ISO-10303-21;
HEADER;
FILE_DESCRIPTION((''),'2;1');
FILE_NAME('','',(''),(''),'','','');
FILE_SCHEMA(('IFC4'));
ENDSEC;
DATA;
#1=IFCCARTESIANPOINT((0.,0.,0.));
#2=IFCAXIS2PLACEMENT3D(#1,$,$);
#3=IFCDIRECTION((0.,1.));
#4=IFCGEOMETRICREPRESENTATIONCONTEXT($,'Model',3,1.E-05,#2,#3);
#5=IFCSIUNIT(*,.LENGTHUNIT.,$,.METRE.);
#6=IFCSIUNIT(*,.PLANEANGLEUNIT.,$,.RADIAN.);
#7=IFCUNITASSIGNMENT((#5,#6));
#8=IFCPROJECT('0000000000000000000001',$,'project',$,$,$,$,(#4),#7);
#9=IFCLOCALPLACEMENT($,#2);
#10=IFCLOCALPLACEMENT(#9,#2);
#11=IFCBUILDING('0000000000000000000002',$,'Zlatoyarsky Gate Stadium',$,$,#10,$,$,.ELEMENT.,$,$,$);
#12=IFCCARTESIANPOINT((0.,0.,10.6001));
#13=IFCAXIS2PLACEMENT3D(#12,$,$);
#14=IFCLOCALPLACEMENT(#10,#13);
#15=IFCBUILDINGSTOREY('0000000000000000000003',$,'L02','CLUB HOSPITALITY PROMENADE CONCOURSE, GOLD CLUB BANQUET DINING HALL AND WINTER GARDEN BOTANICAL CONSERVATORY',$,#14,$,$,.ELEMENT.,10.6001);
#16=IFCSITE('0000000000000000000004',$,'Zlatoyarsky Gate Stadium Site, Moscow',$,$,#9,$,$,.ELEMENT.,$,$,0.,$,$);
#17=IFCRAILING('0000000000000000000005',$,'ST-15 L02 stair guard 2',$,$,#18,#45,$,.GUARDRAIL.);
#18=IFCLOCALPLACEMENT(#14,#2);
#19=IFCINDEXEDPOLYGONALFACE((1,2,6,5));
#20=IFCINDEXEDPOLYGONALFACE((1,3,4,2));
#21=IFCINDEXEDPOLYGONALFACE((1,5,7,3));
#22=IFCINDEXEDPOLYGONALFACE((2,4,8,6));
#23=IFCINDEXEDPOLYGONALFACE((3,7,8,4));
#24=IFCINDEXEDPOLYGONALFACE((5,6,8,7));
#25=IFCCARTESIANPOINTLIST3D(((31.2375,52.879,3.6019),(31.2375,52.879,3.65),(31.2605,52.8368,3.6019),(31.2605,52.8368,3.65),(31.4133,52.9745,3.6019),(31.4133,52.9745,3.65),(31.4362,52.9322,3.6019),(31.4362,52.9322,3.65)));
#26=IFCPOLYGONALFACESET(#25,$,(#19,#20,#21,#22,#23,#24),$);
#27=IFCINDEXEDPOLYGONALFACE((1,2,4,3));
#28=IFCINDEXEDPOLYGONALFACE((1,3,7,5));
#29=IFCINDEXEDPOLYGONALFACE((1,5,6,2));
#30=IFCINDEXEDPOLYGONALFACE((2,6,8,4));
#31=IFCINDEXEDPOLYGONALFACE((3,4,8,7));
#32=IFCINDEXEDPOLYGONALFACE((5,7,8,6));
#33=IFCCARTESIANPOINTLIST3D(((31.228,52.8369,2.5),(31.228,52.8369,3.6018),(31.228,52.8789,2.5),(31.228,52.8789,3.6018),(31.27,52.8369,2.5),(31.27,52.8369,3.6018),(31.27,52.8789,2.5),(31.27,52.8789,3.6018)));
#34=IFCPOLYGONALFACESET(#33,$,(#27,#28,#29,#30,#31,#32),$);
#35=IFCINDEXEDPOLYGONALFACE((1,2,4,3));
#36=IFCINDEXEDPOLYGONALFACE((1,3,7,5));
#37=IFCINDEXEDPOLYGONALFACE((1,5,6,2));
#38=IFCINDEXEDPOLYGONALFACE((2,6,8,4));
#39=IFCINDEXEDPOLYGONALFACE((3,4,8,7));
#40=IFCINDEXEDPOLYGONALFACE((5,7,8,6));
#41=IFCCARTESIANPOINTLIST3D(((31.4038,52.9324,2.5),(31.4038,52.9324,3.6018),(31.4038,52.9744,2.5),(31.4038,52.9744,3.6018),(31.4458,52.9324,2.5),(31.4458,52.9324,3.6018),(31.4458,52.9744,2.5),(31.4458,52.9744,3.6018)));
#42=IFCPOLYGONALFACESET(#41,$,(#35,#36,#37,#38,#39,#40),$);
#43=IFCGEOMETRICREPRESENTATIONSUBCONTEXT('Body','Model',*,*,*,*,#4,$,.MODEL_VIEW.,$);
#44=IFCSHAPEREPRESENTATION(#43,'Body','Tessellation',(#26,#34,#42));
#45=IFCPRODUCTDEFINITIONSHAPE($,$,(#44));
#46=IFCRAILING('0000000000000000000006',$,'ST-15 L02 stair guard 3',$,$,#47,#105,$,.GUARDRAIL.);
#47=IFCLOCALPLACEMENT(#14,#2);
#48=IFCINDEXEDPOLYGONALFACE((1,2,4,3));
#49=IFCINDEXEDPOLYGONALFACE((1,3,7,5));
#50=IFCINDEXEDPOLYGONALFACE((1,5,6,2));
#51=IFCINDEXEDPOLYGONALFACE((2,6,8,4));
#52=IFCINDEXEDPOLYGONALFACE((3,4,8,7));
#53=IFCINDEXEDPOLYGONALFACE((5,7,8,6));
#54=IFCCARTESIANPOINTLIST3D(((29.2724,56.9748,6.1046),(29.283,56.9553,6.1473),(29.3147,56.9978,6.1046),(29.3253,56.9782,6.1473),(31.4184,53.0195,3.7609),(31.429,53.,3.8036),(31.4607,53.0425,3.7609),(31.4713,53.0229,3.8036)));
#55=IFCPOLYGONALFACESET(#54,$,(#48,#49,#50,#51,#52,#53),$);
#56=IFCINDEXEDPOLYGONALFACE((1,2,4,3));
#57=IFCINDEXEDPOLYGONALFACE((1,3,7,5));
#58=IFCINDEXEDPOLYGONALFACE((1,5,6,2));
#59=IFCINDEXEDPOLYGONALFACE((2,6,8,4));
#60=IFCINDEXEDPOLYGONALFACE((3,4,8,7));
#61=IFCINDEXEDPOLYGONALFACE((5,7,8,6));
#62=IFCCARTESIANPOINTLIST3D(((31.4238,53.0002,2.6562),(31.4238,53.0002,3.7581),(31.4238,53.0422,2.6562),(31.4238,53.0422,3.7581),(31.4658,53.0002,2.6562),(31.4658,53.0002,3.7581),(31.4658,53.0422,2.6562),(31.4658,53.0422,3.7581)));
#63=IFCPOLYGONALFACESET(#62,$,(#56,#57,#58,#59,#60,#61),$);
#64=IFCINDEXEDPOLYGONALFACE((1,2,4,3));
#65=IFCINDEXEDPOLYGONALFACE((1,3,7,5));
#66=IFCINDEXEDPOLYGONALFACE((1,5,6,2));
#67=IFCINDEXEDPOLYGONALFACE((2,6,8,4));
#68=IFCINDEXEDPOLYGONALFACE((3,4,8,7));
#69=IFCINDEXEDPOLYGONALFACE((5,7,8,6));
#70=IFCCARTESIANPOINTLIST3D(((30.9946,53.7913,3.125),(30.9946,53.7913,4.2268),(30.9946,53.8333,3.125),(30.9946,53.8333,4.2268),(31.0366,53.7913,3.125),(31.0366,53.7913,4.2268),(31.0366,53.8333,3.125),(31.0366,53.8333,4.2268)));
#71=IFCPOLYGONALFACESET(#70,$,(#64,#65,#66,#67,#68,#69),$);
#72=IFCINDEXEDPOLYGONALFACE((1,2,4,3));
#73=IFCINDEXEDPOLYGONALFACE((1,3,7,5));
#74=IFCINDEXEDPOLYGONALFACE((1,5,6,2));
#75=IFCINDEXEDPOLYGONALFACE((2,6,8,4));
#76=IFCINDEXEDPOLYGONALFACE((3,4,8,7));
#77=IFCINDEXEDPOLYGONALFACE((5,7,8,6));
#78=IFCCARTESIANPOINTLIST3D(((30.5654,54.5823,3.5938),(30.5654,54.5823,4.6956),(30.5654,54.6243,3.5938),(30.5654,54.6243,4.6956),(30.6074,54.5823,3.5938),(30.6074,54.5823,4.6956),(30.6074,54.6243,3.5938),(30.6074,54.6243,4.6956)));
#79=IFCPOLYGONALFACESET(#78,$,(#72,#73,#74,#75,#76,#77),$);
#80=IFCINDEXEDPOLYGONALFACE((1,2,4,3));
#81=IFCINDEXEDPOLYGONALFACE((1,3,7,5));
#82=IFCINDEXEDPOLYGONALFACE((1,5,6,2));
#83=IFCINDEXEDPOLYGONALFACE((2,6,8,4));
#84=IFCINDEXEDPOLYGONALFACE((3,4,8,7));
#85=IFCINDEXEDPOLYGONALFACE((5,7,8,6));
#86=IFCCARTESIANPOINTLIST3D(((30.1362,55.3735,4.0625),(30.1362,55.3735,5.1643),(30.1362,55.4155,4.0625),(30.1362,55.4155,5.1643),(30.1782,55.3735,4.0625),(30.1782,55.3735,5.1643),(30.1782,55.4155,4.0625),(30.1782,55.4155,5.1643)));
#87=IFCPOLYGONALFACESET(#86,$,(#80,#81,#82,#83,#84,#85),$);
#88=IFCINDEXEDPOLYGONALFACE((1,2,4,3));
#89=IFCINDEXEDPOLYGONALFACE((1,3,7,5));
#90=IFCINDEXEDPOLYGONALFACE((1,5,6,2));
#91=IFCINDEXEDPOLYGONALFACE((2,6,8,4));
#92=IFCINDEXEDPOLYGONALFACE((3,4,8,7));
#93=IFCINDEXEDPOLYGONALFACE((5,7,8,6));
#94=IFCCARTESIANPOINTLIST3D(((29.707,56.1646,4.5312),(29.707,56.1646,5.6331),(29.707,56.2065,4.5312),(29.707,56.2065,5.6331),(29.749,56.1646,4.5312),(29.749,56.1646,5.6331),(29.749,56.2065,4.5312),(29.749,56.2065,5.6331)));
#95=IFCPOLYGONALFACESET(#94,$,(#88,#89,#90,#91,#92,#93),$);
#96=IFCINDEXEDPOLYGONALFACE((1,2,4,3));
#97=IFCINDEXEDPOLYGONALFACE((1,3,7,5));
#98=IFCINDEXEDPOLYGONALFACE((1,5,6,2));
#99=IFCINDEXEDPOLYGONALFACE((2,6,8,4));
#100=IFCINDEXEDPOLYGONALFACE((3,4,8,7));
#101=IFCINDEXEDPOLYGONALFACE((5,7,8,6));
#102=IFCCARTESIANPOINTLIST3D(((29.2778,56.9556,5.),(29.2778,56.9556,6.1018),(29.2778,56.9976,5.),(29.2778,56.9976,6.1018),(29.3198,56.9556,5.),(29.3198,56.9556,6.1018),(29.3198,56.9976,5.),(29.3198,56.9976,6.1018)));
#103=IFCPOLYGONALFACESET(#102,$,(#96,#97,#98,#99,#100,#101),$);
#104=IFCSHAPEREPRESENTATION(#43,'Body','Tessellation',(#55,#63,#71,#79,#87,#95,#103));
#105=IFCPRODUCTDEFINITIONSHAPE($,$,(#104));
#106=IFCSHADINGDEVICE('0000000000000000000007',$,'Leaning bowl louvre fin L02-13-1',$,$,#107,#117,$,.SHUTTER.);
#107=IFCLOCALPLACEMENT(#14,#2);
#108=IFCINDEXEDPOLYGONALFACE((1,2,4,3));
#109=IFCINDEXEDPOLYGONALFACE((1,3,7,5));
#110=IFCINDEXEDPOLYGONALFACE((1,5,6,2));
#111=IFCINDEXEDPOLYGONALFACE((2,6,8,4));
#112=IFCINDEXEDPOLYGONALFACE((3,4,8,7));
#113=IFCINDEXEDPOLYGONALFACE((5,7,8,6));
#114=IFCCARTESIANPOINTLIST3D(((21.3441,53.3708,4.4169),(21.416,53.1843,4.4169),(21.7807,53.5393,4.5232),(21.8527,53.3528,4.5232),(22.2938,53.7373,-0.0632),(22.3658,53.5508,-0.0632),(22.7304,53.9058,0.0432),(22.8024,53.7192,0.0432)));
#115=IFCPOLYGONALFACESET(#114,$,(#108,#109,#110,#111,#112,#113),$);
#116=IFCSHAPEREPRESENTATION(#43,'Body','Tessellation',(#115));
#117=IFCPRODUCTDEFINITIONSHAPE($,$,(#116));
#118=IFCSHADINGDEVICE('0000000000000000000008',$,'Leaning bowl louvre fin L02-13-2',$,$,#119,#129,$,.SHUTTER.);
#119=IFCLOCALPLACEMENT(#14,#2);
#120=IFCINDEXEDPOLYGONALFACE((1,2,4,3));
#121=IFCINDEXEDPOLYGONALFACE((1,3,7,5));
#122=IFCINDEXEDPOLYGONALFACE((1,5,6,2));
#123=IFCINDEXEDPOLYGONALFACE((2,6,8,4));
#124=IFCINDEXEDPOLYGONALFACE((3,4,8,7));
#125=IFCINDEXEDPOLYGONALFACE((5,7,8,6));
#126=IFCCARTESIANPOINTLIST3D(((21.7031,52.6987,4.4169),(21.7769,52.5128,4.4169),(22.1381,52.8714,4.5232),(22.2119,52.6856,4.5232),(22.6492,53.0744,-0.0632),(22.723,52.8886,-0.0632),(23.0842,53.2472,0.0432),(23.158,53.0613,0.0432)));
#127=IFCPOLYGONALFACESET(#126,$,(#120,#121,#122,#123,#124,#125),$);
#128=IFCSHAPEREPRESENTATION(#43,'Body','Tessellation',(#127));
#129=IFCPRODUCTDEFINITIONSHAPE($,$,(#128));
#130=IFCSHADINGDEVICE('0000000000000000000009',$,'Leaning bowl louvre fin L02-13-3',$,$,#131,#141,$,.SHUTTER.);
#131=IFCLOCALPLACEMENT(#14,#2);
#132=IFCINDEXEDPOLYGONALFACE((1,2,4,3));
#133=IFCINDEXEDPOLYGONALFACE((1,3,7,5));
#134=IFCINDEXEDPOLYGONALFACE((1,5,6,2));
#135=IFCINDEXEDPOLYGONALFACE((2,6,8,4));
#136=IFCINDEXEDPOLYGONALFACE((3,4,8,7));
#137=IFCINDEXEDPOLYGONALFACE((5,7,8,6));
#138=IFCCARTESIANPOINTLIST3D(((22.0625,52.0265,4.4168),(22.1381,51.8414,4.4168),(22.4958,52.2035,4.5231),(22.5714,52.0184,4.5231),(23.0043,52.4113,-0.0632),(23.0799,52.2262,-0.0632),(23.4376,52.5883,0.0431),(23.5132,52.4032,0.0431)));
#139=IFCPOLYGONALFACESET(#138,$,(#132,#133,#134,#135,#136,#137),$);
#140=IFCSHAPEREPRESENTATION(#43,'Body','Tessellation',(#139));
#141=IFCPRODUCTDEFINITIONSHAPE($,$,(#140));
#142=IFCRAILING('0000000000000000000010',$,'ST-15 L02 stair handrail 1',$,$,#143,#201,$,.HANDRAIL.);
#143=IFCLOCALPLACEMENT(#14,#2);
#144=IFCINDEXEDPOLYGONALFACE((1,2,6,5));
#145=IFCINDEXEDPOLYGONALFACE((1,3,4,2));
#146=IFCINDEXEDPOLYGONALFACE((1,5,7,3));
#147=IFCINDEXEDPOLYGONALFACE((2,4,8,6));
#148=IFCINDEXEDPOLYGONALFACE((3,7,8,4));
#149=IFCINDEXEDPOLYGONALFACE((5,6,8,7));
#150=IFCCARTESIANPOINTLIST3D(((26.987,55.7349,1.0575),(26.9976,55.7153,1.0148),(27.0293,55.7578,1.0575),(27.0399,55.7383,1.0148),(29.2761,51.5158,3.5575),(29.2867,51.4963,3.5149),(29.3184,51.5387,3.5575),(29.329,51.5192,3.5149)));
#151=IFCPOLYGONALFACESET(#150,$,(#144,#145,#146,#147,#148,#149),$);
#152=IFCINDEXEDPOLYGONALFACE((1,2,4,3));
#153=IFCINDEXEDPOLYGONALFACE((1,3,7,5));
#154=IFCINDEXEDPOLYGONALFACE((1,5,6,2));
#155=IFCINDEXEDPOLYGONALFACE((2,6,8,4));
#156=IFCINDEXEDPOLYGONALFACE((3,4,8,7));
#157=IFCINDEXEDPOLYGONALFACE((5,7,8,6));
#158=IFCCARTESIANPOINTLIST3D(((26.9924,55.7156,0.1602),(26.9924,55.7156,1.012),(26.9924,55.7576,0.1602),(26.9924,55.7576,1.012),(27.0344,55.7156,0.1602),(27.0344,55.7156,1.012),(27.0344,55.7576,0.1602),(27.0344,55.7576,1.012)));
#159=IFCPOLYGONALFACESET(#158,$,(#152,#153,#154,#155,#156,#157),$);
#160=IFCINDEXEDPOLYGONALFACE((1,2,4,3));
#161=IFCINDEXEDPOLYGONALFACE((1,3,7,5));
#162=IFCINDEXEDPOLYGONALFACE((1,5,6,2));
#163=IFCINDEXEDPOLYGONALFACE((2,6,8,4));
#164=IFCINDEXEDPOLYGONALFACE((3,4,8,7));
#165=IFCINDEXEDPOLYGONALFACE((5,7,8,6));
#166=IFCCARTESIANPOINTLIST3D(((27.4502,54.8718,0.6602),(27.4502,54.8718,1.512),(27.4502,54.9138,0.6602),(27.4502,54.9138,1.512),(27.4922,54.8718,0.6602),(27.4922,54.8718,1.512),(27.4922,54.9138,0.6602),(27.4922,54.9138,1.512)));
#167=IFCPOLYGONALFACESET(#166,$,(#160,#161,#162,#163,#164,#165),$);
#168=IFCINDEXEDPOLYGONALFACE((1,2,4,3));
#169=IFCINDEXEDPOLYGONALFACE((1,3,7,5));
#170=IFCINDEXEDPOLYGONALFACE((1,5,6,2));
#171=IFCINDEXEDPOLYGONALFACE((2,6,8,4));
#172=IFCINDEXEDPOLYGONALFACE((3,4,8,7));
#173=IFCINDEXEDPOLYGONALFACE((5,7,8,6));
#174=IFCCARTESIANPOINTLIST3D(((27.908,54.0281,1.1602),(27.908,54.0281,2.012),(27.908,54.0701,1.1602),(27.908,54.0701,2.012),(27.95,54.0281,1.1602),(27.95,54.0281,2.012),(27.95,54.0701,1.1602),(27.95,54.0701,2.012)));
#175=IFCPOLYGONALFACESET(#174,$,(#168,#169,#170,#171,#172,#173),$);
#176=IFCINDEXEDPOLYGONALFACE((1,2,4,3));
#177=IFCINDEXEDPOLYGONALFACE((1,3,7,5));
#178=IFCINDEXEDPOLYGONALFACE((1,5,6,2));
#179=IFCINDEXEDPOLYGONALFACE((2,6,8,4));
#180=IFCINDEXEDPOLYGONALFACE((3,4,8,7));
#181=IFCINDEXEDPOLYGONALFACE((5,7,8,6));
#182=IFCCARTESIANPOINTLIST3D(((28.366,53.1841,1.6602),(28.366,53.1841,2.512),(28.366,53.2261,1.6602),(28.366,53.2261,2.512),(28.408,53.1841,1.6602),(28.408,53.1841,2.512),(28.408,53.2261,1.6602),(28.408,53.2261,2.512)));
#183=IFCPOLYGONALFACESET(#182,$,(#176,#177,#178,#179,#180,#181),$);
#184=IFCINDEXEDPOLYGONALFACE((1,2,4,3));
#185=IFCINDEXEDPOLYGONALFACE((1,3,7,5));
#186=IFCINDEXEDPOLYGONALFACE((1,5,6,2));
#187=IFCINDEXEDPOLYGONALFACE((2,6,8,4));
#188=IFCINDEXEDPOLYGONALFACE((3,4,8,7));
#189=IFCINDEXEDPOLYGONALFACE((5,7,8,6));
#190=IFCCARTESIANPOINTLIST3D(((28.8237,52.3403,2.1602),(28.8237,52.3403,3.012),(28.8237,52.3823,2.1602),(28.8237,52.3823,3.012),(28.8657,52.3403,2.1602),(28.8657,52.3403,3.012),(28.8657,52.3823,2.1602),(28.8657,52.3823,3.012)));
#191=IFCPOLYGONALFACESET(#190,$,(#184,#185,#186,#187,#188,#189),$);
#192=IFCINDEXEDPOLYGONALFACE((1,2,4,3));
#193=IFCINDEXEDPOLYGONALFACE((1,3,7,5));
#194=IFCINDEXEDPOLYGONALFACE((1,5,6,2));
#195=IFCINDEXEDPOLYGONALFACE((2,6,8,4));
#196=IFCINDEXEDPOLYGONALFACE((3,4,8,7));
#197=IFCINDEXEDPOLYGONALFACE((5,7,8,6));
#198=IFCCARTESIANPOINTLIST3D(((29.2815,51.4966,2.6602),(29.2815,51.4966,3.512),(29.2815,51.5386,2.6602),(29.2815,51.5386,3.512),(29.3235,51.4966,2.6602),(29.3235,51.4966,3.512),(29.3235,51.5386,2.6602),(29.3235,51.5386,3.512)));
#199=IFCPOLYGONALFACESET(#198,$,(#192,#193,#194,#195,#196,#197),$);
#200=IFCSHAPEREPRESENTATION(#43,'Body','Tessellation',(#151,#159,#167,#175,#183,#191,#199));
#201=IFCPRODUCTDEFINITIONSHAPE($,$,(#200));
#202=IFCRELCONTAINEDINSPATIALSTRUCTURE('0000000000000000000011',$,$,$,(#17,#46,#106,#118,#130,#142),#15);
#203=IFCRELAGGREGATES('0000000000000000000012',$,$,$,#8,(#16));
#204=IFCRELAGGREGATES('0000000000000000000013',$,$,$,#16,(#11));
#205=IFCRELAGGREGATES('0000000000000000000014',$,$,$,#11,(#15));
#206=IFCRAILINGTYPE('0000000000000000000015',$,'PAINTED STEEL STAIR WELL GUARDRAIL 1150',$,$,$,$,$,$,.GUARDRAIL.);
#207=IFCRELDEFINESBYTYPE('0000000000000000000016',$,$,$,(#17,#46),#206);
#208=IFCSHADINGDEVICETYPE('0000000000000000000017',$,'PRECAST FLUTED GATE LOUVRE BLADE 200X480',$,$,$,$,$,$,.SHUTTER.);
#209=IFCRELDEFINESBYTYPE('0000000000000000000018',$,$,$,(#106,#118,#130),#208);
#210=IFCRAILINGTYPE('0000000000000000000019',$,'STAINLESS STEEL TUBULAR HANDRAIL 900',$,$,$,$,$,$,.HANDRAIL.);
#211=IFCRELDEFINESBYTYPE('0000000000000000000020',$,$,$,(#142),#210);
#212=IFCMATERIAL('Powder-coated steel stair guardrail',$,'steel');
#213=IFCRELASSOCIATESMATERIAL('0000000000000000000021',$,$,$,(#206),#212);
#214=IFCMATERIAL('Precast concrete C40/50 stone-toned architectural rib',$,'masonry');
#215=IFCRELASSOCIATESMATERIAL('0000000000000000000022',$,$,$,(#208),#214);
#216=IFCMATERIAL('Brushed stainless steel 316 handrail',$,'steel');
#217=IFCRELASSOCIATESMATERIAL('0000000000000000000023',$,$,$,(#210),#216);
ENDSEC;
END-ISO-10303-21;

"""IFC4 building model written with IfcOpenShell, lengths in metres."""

from ifc_helpers import new_model, si_unit, direction, frame, origin, origin_2d, place, context, subcontext, project, spatial, rectangle, extrude, material, material_profile, profile_set, type_object, element, save


model = new_model("IFC4")

# Units and contexts
model_context = context("Model", 3, precision=1e-05, world=origin(), true_north=direction((0.0, 1.0)))
body_context = subcontext(model_context, "Body", "Model", "MODEL_VIEW")
ifc_project = project(units=[si_unit("LENGTHUNIT", "METRE"), si_unit("PLANEANGLEUNIT", "RADIAN")], contexts=[model_context])

# Site, building, storey
site_placement = place(None, origin())
site = spatial("IfcSite", under=ifc_project, at=site_placement, Name="Zlatoyarsky Gate Stadium Site, Moscow", CompositionType="ELEMENT", RefElevation=0.0)
building_placement = place(site_placement, origin())
building = spatial("IfcBuilding", under=site, at=building_placement, Name="Zlatoyarsky Gate Stadium", CompositionType="ELEMENT")
storey_placement = place(building_placement, frame((0.0, 0.0, 10.6001)))
storey = spatial("IfcBuildingStorey", under=building, at=storey_placement, Name="L02", Description="CLUB HOSPITALITY PROMENADE CONCOURSE, GOLD CLUB BANQUET DINING HALL AND WINTER GARDEN BOTANICAL CONSERVATORY", CompositionType="ELEMENT", Elevation=10.6001)

# Railings
ifc_material_1 = material(Name="Powder-coated steel stair guardrail", Category="steel")
railing_type_1 = type_object("IfcRailingType", Name="PAINTED STEEL STAIR WELL GUARDRAIL 1150", PredefinedType="GUARDRAIL", material=ifc_material_1)
railing_1_placement = place(storey_placement, frame((31.249, 52.8579, 2.5)))
element("IfcRailing", 1, at=railing_1_placement, inside=storey, type_object=railing_type_1, Name="ST-15 L02 stair guard 2", PredefinedType="GUARDRAIL", context=body_context, shape_type="SweptSolid", body=[
    extrude(rectangle(XDim=0.0481, YDim=0.0481, at=origin_2d()), frame((0.0, 0.0, 1.126), z_axis=(0.87878, 0.477227, 0.0), x_axis=(-0.477227, 0.87878, 0.0)), (0.0, 0.0, 1.0), 0.2),
    extrude(rectangle(XDim=0.042, YDim=0.042, at=origin_2d()), origin(), (0.0, 0.0, 1.0), 1.1018),
    extrude(rectangle(XDim=0.042, YDim=0.042, at=origin_2d()), frame((0.1758, 0.0955, 0.0)), (0.0, 0.0, 1.0), 1.1018),
])
railing_2_placement = place(storey_placement, frame((31.4448, 53.0212, 2.6562)))
element("IfcRailing", 2, at=railing_2_placement, inside=storey, type_object=railing_type_1, Name="ST-15 L02 stair guard 3", PredefinedType="GUARDRAIL", context=body_context, shape_type="SweptSolid", body=[
    extrude(rectangle(XDim=0.0481, YDim=0.0481, at=origin_2d()), frame((0.0, 0.0, 1.126), z_axis=(-0.42296, 0.779564, 0.461936), x_axis=(-0.878963, -0.47689, 0.0)), (0.0, 0.0, 1.0), 5.0737),
    extrude(rectangle(XDim=0.042, YDim=0.042, at=origin_2d()), origin(), (0.0, 0.0, 1.0), 1.1018),
    extrude(rectangle(XDim=0.042, YDim=0.042, at=origin_2d()), frame((-0.4292, 0.791, 0.4688)), (0.0, 0.0, 1.0), 1.1018),
    extrude(rectangle(XDim=0.042, YDim=0.042, at=origin_2d()), frame((-0.8584, 1.582, 0.9375)), (0.0, 0.0, 1.0), 1.1018),
    extrude(rectangle(XDim=0.042, YDim=0.042, at=origin_2d()), frame((-1.2876, 2.3733, 1.4062)), (0.0, 0.0, 1.0), 1.1018),
    extrude(rectangle(XDim=0.042, YDim=0.042, at=origin_2d()), frame((-1.7168, 3.1643, 1.875)), (0.0, 0.0, 1.0), 1.1018),
    extrude(rectangle(XDim=0.042, YDim=0.042, at=origin_2d()), frame((-2.146, 3.9553, 2.3438)), (0.0, 0.0, 1.0), 1.1018),
])

# Shading devices
ifc_material_2 = material(Name="Precast concrete C40/50 stone-toned architectural rib", Category="masonry")
ifc_material_profile_1 = material_profile(ifc_material_2, rectangle(XDim=0.2, YDim=0.48, at=origin_2d()), Name="RIB 200X480")
ifc_profile_set_1 = profile_set([ifc_material_profile_1], Name="Precast concrete C40/50 stone-toned architectural rib")
shading_device_type = type_object("IfcShadingDeviceType", Name="PRECAST FLUTED GATE LOUVRE BLADE 200X480", PredefinedType="SHUTTER", material=ifc_profile_set_1)
for number, where, z_axis, x_axis, name in (
    (3, (22.5481, 53.7283, -0.01), (-0.20672, -0.079765, 0.975143), (0.359991, -0.932956, 0.0), "Leaning bowl louvre fin L02-13-1"),
    (4, (22.9036, 53.0679, -0.01), (-0.205923, -0.081785, 0.975145), (0.369115, -0.929384, 0.0), "Leaning bowl louvre fin L02-13-2"),
):
    element("IfcShadingDevice", number, at=place(storey_placement, frame(where, z_axis=z_axis, x_axis=x_axis)), inside=storey, type_object=shading_device_type, Name=name, PredefinedType="SHUTTER", context=body_context, shape_type="SweptSolid", body=[
        extrude(rectangle(XDim=0.2, YDim=0.48, at=origin_2d()), origin(), (0.0, 0.0, 1.0), 4.5942),
    ])
shading_device_placement = place(storey_placement, frame((23.2588, 52.4072, -0.01), z_axis=(-0.205024, -0.083753, 0.975167), x_axis=(0.378166, -0.925738, 0.0)))
element("IfcShadingDevice", 5, at=shading_device_placement, inside=storey, type_object=shading_device_type, Name="Leaning bowl louvre fin L02-13-3", PredefinedType="SHUTTER", context=body_context, shape_type="SweptSolid", body=[
    extrude(rectangle(XDim=0.2, YDim=0.48, at=origin_2d()), origin(), (0.0, 0.0, 1.0), 4.594),
])

# Railing
ifc_material_3 = material(Name="Brushed stainless steel 316 handrail", Category="steel")
railing_type_2 = type_object("IfcRailingType", Name="STAINLESS STEEL TUBULAR HANDRAIL 900", PredefinedType="HANDRAIL", material=ifc_material_3)
railing_3_placement = place(storey_placement, frame((27.0134, 55.7366, 0.1602)))
element("IfcRailing", 6, at=railing_3_placement, inside=storey, type_object=railing_type_2, Name="ST-15 L02 stair handrail 1", PredefinedType="HANDRAIL", context=body_context, shape_type="SweptSolid", body=[
    extrude(rectangle(XDim=0.0481, YDim=0.0481, at=origin_2d()), frame((0.0, 0.0, 0.876), z_axis=(0.422961, -0.779563, 0.461937), x_axis=(0.878962, 0.476891, 0.0)), (0.0, 0.0, 1.0), 5.4121),
    extrude(rectangle(XDim=0.042, YDim=0.042, at=origin_2d()), origin(), (0.0, 0.0, 1.0), 0.8518),
    extrude(rectangle(XDim=0.042, YDim=0.042, at=origin_2d()), frame((0.4578, -0.8438, 0.5)), (0.0, 0.0, 1.0), 0.8518),
    extrude(rectangle(XDim=0.042, YDim=0.042, at=origin_2d()), frame((0.9155, -1.6875, 1.0)), (0.0, 0.0, 1.0), 0.8518),
    extrude(rectangle(XDim=0.042, YDim=0.042, at=origin_2d()), frame((1.3735, -2.5315, 1.5)), (0.0, 0.0, 1.0), 0.8518),
    extrude(rectangle(XDim=0.042, YDim=0.042, at=origin_2d()), frame((1.8313, -3.3752, 2.0)), (0.0, 0.0, 1.0), 0.8518),
    extrude(rectangle(XDim=0.042, YDim=0.042, at=origin_2d()), frame((2.2891, -4.219, 2.5)), (0.0, 0.0, 1.0), 0.8518),
])

save(model, "model.ifc")
